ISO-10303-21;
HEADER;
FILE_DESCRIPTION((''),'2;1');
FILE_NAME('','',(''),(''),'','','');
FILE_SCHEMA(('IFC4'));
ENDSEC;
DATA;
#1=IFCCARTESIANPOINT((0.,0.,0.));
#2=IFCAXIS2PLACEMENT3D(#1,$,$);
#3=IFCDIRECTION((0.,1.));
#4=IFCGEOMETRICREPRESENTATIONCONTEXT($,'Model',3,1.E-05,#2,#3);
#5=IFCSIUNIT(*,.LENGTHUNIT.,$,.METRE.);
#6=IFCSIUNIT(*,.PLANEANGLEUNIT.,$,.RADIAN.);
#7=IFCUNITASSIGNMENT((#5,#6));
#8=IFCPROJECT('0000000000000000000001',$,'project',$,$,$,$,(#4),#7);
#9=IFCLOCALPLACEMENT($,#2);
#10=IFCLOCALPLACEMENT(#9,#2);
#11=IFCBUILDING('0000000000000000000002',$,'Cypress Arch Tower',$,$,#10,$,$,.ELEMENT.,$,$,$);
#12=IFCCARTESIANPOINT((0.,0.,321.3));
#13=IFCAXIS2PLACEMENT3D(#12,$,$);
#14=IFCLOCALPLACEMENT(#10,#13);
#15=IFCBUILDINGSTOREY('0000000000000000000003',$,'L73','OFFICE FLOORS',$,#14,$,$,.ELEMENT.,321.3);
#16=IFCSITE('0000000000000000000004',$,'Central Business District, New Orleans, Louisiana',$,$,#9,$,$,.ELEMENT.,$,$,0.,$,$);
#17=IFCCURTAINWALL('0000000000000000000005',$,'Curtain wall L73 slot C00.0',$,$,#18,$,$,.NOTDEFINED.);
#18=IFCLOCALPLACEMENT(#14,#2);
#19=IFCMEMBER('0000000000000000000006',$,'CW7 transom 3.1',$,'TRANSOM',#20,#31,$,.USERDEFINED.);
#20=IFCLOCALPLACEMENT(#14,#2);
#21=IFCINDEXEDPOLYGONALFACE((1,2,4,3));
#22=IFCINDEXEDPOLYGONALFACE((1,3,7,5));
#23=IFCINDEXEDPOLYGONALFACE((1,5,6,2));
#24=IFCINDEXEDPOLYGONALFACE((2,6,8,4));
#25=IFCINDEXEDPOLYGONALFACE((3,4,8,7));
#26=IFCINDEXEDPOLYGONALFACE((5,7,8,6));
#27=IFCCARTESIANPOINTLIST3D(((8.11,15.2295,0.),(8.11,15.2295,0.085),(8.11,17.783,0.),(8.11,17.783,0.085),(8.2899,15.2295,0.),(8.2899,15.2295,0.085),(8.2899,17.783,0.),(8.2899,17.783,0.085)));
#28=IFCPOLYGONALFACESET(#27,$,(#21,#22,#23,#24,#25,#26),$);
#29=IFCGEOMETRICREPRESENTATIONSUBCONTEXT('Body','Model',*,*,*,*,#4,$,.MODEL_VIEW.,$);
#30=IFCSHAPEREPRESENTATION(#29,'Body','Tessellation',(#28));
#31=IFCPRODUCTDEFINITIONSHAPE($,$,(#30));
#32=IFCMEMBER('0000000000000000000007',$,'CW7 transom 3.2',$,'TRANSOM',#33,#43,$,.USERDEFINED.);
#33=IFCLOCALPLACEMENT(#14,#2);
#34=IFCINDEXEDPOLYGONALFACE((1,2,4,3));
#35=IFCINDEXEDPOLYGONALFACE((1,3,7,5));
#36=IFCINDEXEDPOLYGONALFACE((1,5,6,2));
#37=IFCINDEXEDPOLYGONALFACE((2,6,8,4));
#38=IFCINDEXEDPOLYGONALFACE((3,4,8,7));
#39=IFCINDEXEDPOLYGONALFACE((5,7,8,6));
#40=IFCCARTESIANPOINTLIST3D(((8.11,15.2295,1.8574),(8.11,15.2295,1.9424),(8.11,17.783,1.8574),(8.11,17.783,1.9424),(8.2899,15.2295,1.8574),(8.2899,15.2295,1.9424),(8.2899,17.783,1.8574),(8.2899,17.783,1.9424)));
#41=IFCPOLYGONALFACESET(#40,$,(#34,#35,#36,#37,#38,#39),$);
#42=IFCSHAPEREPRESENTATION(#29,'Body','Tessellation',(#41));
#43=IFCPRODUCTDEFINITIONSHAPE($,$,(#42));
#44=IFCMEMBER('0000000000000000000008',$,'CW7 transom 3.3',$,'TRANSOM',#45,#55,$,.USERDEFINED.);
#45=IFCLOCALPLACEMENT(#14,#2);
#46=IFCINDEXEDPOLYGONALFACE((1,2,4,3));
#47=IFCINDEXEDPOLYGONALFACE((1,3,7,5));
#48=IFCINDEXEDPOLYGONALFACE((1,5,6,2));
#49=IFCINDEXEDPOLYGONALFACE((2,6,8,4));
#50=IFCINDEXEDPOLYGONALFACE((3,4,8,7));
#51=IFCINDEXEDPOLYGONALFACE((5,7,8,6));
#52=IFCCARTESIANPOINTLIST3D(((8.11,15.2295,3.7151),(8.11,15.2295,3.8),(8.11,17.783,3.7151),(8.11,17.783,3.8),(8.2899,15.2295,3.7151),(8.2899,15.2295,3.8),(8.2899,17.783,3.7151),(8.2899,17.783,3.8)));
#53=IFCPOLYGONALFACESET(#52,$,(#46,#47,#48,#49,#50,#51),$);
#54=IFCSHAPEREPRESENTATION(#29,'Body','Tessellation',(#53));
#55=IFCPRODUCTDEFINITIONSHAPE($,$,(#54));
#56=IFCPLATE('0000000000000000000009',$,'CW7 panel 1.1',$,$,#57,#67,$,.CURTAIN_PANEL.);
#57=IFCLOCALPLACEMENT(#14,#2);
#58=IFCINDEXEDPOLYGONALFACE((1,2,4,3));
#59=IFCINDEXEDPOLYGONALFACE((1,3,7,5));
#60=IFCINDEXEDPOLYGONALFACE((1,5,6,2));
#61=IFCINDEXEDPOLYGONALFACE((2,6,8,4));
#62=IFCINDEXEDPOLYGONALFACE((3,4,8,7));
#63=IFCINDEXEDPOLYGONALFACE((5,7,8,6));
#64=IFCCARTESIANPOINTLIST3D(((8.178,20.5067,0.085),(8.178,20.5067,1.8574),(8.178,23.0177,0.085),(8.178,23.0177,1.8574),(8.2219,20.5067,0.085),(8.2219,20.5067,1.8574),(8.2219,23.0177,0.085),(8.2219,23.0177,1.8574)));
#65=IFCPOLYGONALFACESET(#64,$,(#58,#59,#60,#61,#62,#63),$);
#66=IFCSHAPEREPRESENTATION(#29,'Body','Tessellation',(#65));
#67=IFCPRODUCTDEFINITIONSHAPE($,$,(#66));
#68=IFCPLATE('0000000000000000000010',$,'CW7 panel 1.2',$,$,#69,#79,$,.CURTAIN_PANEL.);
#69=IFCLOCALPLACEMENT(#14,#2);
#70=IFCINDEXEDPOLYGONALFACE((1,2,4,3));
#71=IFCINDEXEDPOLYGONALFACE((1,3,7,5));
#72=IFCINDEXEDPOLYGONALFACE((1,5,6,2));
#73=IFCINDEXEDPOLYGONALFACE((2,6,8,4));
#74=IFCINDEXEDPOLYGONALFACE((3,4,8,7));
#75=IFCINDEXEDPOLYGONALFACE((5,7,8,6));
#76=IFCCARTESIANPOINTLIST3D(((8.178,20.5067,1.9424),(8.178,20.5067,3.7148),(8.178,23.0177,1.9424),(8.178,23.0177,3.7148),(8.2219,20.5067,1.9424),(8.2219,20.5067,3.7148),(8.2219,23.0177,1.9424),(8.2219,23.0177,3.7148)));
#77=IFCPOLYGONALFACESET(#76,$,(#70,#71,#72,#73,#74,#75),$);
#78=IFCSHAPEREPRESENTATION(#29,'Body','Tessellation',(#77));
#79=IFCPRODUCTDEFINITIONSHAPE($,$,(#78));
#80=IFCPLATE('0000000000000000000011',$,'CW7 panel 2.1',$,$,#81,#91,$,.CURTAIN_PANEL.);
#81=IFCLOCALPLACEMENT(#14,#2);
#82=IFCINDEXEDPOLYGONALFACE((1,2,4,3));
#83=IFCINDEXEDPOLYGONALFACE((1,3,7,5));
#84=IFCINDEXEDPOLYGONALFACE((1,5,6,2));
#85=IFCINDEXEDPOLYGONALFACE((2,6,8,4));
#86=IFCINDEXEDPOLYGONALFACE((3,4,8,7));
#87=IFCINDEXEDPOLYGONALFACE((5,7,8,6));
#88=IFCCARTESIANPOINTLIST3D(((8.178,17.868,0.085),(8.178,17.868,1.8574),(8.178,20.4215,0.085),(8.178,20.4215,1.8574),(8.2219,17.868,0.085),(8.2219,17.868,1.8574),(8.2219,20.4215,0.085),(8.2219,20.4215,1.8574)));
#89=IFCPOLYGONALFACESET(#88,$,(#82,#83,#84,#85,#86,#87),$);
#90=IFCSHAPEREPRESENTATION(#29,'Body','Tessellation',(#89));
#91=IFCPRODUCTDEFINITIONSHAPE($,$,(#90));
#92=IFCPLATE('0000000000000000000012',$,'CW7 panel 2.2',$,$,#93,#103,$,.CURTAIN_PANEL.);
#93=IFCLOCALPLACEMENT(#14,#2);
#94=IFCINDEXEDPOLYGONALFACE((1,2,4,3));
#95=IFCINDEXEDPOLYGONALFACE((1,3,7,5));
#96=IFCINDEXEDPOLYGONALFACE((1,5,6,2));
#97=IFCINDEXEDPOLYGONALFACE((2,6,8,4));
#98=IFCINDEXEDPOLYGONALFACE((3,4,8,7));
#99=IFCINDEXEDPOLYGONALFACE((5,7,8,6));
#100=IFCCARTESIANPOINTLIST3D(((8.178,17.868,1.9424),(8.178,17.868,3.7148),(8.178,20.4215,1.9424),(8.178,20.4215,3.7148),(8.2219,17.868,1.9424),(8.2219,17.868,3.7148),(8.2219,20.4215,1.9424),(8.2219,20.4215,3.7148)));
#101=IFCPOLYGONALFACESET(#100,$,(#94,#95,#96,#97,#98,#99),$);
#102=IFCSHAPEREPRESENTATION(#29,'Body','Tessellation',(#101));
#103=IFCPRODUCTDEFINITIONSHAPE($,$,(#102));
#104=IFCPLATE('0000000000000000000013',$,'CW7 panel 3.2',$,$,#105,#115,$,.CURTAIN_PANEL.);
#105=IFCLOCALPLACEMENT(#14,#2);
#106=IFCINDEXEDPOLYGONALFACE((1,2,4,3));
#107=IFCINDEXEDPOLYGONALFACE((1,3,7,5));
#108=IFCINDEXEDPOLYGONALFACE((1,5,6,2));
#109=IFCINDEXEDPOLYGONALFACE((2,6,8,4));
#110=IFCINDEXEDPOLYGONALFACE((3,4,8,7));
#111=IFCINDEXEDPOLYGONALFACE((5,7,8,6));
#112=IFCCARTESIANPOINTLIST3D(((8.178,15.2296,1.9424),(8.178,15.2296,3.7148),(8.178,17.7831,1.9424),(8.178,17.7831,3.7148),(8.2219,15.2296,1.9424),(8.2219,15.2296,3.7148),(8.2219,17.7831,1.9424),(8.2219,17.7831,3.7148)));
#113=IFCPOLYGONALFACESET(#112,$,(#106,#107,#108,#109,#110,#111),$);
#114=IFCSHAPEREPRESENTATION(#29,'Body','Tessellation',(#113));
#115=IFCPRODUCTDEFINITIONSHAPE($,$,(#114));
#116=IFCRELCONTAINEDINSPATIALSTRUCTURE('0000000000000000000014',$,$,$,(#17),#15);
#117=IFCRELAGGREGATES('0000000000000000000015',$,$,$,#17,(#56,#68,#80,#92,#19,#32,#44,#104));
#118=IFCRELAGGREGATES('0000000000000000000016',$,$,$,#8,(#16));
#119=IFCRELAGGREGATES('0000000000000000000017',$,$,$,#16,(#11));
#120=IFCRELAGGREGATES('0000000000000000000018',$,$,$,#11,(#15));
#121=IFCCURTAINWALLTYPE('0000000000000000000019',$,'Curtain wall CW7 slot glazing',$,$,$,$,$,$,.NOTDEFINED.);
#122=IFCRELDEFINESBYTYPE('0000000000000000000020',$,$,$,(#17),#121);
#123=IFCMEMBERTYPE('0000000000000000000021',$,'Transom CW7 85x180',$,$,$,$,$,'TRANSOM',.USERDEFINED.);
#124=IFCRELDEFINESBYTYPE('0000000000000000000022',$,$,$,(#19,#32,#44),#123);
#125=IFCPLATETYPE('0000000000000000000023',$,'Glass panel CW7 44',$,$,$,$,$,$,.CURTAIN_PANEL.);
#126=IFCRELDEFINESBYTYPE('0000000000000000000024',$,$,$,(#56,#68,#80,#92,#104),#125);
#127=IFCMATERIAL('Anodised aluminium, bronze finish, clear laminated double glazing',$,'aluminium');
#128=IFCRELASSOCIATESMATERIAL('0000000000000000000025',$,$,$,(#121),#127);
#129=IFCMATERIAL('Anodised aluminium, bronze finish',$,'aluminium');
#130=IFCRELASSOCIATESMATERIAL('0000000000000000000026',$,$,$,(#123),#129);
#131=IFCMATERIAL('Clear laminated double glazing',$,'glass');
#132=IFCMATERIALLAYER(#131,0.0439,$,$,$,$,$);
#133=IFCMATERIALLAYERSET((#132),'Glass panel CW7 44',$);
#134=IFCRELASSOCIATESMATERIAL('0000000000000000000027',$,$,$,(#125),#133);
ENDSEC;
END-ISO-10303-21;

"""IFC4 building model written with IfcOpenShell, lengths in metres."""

from ifc_helpers import new_model, si_unit, direction, frame, origin, origin_2d, place, context, subcontext, project, spatial, rectangle, extrude, material, layer, layer_set, material_profile, profile_set, type_object, element, aggregate, save


model = new_model("IFC4")

# Units and contexts
model_context = context("Model", 3, precision=1e-05, world=origin(), true_north=direction((0.0, 1.0)))
body_context = subcontext(model_context, "Body", "Model", "MODEL_VIEW")
ifc_project = project(units=[si_unit("LENGTHUNIT", "METRE"), si_unit("PLANEANGLEUNIT", "RADIAN")], contexts=[model_context])

# Site, building, storey
site_placement = place(None, origin())
site = spatial("IfcSite", under=ifc_project, at=site_placement, Name="Central Business District, New Orleans, Louisiana", CompositionType="ELEMENT", RefElevation=0.0)
building_placement = place(site_placement, origin())
building = spatial("IfcBuilding", under=site, at=building_placement, Name="Cypress Arch Tower", CompositionType="ELEMENT")
storey_placement = place(building_placement, frame((0.0, 0.0, 321.3)))
storey = spatial("IfcBuildingStorey", under=building, at=storey_placement, Name="L73", Description="OFFICE FLOORS", CompositionType="ELEMENT", Elevation=321.3)

# Curtain wall, members, plates
ifc_material_1 = material(Name="Anodised aluminium, bronze finish, clear laminated double glazing", Category="aluminium")
curtain_wall_type = type_object("IfcCurtainWallType", Name="Curtain wall CW7 slot glazing", PredefinedType="NOTDEFINED", material=ifc_material_1)
curtain_wall_placement = place(storey_placement, origin())
curtain_wall = element("IfcCurtainWall", 1, at=curtain_wall_placement, inside=storey, type_object=curtain_wall_type, Name="Curtain wall L73 slot C00.0", PredefinedType="NOTDEFINED")
ifc_material_2 = material(Name="Anodised aluminium, bronze finish", Category="aluminium")
ifc_material_profile_1 = material_profile(ifc_material_2, rectangle(XDim=0.1799, YDim=0.085, at=origin_2d()), Name="Transom 85x180")
ifc_profile_set_1 = profile_set([ifc_material_profile_1], Name="Anodised aluminium, bronze finish")
member_type_1 = type_object("IfcMemberType", Name="Transom CW7 85x180", ElementType="TRANSOM", PredefinedType="USERDEFINED", material=ifc_profile_set_1)
member_1_placement = place(storey_placement, frame((8.2, 17.783, 0.0425), z_axis=(0.0, -1.0, 0.0), x_axis=(1.0, 0.0, 0.0)))
member_1 = element("IfcMember", 2, at=member_1_placement, type_object=member_type_1, Name="CW7 transom 3.1", ObjectType="TRANSOM", PredefinedType="USERDEFINED", context=body_context, shape_type="SweptSolid", body=[
    extrude(rectangle(XDim=0.1799, YDim=0.085, at=origin_2d()), origin(), (0.0, 0.0, 1.0), 2.5535),
])
member_2_placement = place(storey_placement, frame((8.2, 17.783, 1.8999), z_axis=(0.0, -1.0, 0.0), x_axis=(1.0, 0.0, 0.0)))
member_2 = element("IfcMember", 3, at=member_2_placement, type_object=member_type_1, Name="CW7 transom 3.2", ObjectType="TRANSOM", PredefinedType="USERDEFINED", context=body_context, shape_type="SweptSolid", body=[
    extrude(rectangle(XDim=0.1799, YDim=0.085, at=origin_2d()), origin(), (0.0, 0.0, 1.0), 2.5535),
])
member_3_placement = place(storey_placement, frame((8.2, 17.783, 3.7576), z_axis=(0.0, -1.0, 0.0), x_axis=(1.0, 0.0, 0.0)))
member_3 = element("IfcMember", 4, at=member_3_placement, type_object=member_type_1, Name="CW7 transom 3.3", ObjectType="TRANSOM", PredefinedType="USERDEFINED", context=body_context, shape_type="SweptSolid", body=[
    extrude(rectangle(XDim=0.1799, YDim=0.085, at=origin_2d()), origin(), (0.0, 0.0, 1.0), 2.5535),
])
ifc_material_3 = material(Name="Clear laminated double glazing", Category="glass")
ifc_layer = layer(ifc_material_3, 0.0439)
ifc_layer_set = layer_set([ifc_layer], Name="Glass panel CW7 44")
plate_type = type_object("IfcPlateType", Name="Glass panel CW7 44", PredefinedType="CURTAIN_PANEL", material=ifc_layer_set)
plate_1_placement = place(storey_placement, frame((8.2, 21.7622, 0.085), z_axis=(0.0, 0.0, 1.0), x_axis=(0.0, -1.0, 0.0)))
plate_1 = element("IfcPlate", 5, at=plate_1_placement, type_object=plate_type, Name="CW7 panel 1.1", PredefinedType="CURTAIN_PANEL", context=body_context, shape_type="SweptSolid", body=[
    extrude(rectangle(XDim=2.511, YDim=0.0439, at=origin_2d()), origin(), (0.0, 0.0, 1.0), 1.7725),
])
plate_2_placement = place(storey_placement, frame((8.2, 21.7622, 1.9424), z_axis=(0.0, 0.0, 1.0), x_axis=(0.0, -1.0, 0.0)))
plate_2 = element("IfcPlate", 6, at=plate_2_placement, type_object=plate_type, Name="CW7 panel 1.2", PredefinedType="CURTAIN_PANEL", context=body_context, shape_type="SweptSolid", body=[
    extrude(rectangle(XDim=2.511, YDim=0.0439, at=origin_2d()), origin(), (0.0, 0.0, 1.0), 1.7725),
])
plate_3_placement = place(storey_placement, frame((8.2, 19.1448, 0.085), z_axis=(0.0, 0.0, 1.0), x_axis=(0.0, -1.0, 0.0)))
plate_3 = element("IfcPlate", 7, at=plate_3_placement, type_object=plate_type, Name="CW7 panel 2.1", PredefinedType="CURTAIN_PANEL", context=body_context, shape_type="SweptSolid", body=[
    extrude(rectangle(XDim=2.5535, YDim=0.0439, at=origin_2d()), origin(), (0.0, 0.0, 1.0), 1.7725),
])
plate_4_placement = place(storey_placement, frame((8.2, 19.1448, 1.9424), z_axis=(0.0, 0.0, 1.0), x_axis=(0.0, -1.0, 0.0)))
plate_4 = element("IfcPlate", 8, at=plate_4_placement, type_object=plate_type, Name="CW7 panel 2.2", PredefinedType="CURTAIN_PANEL", context=body_context, shape_type="SweptSolid", body=[
    extrude(rectangle(XDim=2.5535, YDim=0.0439, at=origin_2d()), origin(), (0.0, 0.0, 1.0), 1.7725),
])
plate_5_placement = place(storey_placement, frame((8.2, 16.5063, 1.9424), z_axis=(0.0, 0.0, 1.0), x_axis=(0.0, -1.0, 0.0)))
plate_5 = element("IfcPlate", 9, at=plate_5_placement, type_object=plate_type, Name="CW7 panel 3.2", PredefinedType="CURTAIN_PANEL", context=body_context, shape_type="SweptSolid", body=[
    extrude(rectangle(XDim=2.5535, YDim=0.0439, at=origin_2d()), origin(), (0.0, 0.0, 1.0), 1.7725),
])
aggregate(curtain_wall, [plate_1, plate_2, plate_3, plate_4, member_1, member_2, member_3, plate_5])

save(model, "model.ifc")
